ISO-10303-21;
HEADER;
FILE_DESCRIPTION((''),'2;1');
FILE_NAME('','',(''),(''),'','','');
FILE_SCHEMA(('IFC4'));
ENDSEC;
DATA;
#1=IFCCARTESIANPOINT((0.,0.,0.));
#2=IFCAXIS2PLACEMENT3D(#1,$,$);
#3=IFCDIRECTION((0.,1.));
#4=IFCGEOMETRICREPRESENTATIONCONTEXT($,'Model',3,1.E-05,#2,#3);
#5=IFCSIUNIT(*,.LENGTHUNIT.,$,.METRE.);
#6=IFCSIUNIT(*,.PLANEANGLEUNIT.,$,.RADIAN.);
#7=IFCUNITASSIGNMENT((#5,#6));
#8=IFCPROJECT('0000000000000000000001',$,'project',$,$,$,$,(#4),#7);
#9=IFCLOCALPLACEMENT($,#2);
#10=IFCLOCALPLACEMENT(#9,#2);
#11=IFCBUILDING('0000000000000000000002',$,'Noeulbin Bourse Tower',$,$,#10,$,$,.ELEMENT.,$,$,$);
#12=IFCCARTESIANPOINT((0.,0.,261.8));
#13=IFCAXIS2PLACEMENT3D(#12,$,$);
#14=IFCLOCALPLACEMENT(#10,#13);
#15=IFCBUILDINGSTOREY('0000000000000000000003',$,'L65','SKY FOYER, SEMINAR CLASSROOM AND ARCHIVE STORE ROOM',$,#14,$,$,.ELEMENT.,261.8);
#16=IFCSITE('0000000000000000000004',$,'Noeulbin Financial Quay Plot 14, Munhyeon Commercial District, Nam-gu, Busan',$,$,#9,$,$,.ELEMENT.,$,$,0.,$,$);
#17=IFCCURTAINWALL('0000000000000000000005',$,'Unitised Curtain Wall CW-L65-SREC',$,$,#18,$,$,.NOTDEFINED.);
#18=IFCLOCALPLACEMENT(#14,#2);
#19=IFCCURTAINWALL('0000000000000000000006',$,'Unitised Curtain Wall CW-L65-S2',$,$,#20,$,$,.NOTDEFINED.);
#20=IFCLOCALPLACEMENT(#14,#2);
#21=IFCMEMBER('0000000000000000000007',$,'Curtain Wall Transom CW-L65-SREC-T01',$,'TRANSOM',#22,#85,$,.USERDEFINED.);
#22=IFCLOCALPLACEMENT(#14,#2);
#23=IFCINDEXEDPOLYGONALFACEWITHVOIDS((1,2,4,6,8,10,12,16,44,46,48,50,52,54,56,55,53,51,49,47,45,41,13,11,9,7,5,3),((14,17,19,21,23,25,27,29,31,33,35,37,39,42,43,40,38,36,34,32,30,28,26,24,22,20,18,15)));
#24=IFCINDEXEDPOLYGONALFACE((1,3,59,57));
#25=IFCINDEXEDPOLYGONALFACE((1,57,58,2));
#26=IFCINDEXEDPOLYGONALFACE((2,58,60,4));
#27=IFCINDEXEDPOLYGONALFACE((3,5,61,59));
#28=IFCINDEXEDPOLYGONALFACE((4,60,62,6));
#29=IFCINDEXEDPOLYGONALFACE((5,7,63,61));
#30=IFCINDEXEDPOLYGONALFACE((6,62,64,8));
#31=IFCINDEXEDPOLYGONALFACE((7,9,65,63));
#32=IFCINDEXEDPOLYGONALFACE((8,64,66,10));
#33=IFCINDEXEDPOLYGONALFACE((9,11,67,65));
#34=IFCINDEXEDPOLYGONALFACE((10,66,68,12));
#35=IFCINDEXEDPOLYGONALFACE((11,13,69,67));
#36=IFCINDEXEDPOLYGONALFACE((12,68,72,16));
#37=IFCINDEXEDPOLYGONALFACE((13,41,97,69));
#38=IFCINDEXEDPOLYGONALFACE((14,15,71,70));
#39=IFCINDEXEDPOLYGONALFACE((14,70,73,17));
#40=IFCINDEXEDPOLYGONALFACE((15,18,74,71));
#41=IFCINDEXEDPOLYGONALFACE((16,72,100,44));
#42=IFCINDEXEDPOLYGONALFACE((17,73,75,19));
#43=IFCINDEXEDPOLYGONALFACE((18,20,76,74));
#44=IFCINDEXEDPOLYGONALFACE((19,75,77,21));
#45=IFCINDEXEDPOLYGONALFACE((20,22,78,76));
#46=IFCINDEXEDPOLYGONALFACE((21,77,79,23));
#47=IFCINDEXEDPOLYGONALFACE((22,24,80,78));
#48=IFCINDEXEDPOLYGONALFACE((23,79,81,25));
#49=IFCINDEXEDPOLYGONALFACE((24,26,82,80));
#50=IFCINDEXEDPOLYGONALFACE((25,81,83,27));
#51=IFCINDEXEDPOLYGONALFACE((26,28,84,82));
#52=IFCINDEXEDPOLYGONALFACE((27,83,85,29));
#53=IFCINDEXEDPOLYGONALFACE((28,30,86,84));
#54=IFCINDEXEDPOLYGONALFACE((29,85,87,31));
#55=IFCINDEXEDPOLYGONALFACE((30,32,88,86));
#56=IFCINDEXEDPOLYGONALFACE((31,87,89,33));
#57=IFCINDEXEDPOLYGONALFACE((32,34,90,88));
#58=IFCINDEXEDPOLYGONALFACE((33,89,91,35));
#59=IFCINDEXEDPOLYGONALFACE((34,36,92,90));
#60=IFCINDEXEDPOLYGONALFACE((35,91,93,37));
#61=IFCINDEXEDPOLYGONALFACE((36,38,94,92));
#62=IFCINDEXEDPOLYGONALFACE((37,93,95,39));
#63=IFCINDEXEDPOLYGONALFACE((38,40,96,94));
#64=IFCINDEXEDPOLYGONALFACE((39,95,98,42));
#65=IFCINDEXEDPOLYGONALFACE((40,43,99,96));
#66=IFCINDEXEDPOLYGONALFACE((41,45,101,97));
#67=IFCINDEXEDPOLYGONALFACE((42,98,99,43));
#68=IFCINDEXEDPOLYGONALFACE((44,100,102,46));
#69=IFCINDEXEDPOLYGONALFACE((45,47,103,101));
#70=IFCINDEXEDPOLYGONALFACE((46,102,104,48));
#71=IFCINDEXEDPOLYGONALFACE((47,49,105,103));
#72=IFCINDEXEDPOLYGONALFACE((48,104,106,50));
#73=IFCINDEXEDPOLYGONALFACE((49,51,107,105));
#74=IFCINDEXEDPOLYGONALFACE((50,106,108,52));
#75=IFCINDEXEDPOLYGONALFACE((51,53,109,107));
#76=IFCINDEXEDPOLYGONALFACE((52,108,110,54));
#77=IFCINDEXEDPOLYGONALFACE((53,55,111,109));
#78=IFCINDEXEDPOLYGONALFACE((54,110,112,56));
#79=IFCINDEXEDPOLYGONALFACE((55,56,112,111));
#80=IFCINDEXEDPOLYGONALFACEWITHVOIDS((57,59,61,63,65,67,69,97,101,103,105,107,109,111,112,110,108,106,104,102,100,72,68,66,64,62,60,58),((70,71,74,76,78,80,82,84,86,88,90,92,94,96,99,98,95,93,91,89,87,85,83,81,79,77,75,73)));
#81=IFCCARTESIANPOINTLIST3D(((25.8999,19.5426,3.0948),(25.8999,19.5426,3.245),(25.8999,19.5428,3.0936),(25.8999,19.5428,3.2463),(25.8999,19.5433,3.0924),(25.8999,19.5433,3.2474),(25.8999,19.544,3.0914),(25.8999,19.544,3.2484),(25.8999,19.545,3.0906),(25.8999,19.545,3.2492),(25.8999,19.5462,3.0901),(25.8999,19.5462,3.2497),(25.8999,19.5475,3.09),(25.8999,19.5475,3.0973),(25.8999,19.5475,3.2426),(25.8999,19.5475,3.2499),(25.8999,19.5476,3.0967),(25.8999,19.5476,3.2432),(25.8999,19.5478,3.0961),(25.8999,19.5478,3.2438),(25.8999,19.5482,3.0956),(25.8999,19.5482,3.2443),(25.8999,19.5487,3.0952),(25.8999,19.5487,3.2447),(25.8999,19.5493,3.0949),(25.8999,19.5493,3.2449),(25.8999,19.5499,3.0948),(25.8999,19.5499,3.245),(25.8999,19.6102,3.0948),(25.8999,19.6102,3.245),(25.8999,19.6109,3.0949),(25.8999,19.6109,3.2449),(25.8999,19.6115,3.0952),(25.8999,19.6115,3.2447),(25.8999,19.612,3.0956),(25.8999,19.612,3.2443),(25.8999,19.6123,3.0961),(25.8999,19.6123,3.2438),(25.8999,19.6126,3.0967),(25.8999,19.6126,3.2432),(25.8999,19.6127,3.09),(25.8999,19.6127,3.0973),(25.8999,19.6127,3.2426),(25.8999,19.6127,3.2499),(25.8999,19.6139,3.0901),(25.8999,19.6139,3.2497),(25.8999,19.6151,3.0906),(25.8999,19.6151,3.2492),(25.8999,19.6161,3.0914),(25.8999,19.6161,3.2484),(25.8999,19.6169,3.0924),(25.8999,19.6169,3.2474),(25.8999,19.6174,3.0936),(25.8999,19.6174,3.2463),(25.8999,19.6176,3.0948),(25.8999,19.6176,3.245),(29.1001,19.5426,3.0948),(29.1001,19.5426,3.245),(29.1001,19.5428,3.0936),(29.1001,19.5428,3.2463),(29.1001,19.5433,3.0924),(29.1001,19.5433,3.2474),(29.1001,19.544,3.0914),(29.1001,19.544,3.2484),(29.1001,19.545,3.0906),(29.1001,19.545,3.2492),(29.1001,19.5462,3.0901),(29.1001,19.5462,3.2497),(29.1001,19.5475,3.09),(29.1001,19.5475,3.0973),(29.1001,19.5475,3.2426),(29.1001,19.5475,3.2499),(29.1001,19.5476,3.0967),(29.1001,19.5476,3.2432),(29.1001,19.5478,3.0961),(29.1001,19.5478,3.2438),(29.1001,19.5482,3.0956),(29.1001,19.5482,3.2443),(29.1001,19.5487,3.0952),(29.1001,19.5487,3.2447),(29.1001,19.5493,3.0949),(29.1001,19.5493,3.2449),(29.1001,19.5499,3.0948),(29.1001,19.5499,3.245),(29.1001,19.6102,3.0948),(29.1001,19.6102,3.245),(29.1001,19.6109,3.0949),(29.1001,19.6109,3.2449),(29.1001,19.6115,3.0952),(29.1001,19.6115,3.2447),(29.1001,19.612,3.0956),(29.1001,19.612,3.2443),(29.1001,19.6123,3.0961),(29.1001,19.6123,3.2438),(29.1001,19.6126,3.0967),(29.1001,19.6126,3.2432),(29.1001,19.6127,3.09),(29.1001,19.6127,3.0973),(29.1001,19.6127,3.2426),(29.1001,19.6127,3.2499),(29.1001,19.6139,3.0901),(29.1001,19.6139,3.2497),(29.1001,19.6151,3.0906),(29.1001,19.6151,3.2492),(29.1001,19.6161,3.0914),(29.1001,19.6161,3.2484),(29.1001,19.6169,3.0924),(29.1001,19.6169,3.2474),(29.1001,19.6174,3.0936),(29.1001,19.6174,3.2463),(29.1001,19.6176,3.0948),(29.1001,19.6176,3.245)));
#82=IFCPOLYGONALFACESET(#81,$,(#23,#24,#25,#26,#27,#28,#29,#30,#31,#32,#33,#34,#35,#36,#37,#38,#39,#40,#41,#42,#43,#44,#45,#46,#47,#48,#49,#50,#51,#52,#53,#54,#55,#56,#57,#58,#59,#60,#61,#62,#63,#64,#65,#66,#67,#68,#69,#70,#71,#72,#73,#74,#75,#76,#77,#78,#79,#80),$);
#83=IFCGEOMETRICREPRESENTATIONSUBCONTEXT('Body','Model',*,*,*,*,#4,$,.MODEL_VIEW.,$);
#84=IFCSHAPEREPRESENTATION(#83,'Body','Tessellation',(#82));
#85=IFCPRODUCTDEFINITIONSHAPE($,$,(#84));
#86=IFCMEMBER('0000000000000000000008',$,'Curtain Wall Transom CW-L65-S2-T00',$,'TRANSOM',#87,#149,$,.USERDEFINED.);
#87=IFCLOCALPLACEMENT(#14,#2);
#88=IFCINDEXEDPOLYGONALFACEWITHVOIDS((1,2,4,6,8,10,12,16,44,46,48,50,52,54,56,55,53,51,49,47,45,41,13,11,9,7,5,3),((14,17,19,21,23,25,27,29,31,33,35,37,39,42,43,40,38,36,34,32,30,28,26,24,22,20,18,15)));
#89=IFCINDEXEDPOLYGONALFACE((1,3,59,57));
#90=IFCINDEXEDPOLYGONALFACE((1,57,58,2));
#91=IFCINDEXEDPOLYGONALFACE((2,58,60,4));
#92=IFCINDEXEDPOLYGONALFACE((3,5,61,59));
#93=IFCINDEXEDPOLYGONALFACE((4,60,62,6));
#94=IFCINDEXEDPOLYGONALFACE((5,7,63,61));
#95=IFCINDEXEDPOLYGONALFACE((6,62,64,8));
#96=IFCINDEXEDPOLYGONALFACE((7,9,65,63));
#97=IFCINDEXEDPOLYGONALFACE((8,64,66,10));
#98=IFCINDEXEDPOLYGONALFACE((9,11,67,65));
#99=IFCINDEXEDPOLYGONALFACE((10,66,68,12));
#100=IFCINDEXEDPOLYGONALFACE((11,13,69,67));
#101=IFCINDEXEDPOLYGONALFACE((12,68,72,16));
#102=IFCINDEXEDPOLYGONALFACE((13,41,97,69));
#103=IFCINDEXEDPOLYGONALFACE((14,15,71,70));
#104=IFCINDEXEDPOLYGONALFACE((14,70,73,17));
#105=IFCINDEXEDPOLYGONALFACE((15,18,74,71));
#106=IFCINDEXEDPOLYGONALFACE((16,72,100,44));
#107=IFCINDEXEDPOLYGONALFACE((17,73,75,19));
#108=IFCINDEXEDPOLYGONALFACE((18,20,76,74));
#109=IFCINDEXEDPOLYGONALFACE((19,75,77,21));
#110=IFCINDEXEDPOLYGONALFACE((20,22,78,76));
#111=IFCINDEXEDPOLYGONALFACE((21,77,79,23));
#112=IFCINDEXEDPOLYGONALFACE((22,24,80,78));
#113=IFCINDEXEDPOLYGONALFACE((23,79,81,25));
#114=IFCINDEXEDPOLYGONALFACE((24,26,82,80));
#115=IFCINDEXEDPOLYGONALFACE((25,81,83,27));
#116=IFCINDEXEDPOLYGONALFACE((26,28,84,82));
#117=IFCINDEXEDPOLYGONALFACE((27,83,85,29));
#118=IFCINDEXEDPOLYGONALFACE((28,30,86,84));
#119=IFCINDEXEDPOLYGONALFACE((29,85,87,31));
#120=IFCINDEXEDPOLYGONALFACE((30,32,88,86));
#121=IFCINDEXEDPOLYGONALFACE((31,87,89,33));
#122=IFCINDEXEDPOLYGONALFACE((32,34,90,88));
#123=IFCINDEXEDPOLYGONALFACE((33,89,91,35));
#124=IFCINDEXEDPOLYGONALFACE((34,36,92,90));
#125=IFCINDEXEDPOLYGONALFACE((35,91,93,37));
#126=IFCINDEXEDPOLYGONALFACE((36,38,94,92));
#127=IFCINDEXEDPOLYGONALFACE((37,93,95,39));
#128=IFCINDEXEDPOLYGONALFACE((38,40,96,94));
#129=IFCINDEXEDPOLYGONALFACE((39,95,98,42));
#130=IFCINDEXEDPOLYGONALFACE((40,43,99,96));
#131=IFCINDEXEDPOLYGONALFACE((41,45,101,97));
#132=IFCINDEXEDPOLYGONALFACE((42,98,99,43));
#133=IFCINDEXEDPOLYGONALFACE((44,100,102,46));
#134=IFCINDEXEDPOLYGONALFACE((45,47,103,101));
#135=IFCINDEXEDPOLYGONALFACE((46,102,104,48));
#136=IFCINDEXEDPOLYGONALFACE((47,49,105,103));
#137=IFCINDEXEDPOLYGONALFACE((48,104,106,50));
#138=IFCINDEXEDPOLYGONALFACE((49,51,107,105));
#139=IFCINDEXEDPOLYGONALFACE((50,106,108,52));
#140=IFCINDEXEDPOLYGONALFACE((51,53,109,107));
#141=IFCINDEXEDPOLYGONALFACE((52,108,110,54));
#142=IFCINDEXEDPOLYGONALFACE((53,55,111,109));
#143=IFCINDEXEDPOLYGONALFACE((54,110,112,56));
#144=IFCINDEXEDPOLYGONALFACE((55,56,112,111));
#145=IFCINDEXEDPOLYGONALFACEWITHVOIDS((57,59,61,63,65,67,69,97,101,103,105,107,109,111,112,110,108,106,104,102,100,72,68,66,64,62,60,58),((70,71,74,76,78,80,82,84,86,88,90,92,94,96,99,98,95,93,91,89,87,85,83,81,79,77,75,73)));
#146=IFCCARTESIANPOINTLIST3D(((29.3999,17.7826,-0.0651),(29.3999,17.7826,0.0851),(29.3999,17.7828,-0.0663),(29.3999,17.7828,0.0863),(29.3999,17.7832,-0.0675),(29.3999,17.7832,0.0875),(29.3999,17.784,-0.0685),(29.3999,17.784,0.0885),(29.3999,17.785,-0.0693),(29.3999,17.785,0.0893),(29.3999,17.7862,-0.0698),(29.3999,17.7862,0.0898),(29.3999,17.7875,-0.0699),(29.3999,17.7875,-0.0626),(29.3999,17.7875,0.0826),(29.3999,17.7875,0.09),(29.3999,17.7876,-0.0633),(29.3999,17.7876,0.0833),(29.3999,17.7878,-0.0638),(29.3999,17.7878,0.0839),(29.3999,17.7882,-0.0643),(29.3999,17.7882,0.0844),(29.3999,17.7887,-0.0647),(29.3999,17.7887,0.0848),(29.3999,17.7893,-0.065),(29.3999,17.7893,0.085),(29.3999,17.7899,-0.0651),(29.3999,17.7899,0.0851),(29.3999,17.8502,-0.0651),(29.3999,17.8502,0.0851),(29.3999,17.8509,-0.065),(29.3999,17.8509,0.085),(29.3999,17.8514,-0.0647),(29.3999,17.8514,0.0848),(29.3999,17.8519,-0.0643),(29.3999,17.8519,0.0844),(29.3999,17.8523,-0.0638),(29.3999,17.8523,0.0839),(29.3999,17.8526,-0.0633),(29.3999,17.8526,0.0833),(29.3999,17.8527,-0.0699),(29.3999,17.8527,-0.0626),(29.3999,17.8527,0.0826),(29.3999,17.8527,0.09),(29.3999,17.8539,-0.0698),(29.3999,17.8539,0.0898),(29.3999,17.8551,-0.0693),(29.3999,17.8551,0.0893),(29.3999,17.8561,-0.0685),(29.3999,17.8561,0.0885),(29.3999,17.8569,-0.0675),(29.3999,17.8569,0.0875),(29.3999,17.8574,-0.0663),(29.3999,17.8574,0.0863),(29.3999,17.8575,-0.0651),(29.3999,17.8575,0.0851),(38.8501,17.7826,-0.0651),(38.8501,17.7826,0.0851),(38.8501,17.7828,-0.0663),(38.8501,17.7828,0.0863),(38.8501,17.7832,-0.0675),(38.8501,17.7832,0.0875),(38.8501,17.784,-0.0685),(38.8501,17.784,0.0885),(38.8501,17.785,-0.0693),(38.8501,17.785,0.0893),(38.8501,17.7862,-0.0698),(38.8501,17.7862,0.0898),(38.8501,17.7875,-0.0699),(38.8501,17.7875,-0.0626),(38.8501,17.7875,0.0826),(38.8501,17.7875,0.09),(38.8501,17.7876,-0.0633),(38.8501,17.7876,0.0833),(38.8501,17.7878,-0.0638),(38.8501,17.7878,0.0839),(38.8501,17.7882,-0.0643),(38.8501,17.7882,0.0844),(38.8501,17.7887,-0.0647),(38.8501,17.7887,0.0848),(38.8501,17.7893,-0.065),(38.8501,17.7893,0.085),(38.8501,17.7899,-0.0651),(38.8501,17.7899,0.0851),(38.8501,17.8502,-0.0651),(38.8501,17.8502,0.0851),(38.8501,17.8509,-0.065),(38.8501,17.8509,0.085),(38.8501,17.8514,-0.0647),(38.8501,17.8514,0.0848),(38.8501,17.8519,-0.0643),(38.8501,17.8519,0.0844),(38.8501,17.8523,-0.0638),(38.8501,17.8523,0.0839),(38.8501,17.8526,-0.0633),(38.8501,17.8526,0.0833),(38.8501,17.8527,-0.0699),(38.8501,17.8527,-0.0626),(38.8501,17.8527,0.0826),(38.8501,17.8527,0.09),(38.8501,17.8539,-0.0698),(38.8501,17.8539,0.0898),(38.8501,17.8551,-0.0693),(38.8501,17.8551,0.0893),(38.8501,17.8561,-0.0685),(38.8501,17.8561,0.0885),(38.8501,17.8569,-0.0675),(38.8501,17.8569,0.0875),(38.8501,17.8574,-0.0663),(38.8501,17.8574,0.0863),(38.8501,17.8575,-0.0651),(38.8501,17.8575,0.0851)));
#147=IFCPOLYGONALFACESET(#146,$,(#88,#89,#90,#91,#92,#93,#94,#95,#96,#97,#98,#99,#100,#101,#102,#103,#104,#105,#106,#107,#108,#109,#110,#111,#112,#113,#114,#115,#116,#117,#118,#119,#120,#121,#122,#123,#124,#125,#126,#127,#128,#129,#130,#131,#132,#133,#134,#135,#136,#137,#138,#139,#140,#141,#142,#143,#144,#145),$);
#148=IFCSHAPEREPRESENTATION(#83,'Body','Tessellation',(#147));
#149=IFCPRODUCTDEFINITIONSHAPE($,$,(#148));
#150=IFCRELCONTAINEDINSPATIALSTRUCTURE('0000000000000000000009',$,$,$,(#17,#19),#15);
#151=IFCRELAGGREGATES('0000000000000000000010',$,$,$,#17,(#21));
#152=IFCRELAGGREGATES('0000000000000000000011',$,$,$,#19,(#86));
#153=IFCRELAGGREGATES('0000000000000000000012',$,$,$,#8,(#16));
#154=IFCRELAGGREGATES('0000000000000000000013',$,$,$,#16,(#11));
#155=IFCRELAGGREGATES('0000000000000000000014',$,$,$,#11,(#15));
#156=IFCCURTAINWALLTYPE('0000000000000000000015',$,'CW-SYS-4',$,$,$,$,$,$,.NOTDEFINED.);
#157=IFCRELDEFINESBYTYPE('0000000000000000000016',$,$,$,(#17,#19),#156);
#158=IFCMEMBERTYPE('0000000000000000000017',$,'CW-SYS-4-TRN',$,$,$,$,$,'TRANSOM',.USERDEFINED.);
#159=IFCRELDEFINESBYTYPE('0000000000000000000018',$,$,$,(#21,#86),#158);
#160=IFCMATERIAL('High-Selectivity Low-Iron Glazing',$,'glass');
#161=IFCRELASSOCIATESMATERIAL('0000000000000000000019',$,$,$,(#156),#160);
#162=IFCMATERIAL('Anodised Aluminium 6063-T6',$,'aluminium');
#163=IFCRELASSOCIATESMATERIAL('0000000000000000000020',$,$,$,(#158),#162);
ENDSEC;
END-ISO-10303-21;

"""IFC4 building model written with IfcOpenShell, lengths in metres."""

from ifc_helpers import new_model, si_unit, direction, frame, origin, origin_2d, place, context, subcontext, project, spatial, hollow_rectangle, extrude, material, material_profile, profile_set, type_object, element, aggregate, save


model = new_model("IFC4")

# Units and contexts
model_context = context("Model", 3, precision=1e-05, world=origin(), true_north=direction((0.0, 1.0)))
body_context = subcontext(model_context, "Body", "Model", "MODEL_VIEW")
ifc_project = project(units=[si_unit("LENGTHUNIT", "METRE"), si_unit("PLANEANGLEUNIT", "RADIAN")], contexts=[model_context])

# Site, building, storey
site_placement = place(None, origin())
site = spatial("IfcSite", under=ifc_project, at=site_placement, Name="Noeulbin Financial Quay Plot 14, Munhyeon Commercial District, Nam-gu, Busan", CompositionType="ELEMENT", RefElevation=0.0)
building_placement = place(site_placement, origin())
building = spatial("IfcBuilding", under=site, at=building_placement, Name="Noeulbin Bourse Tower", CompositionType="ELEMENT")
storey_placement = place(building_placement, frame((0.0, 0.0, 261.8)))
storey = spatial("IfcBuildingStorey", under=building, at=storey_placement, Name="L65", Description="SKY FOYER, SEMINAR CLASSROOM AND ARCHIVE STORE ROOM", CompositionType="ELEMENT", Elevation=261.8)

# Curtain wall
ifc_material_1 = material(Name="High-Selectivity Low-Iron Glazing", Category="glass")
curtain_wall_type = type_object("IfcCurtainWallType", Name="CW-SYS-4", PredefinedType="NOTDEFINED", material=ifc_material_1)
curtain_wall_1_placement = place(storey_placement, origin())
curtain_wall_1 = element("IfcCurtainWall", 1, at=curtain_wall_1_placement, inside=storey, type_object=curtain_wall_type, Name="Unitised Curtain Wall CW-L65-SREC", PredefinedType="NOTDEFINED")
ifc_material_2 = material(Name="Anodised Aluminium 6063-T6", Category="aluminium")

# Curtain wall
curtain_wall_2_placement = place(storey_placement, origin())
curtain_wall_2 = element("IfcCurtainWall", 2, at=curtain_wall_2_placement, inside=storey, type_object=curtain_wall_type, Name="Unitised Curtain Wall CW-L65-S2", PredefinedType="NOTDEFINED")

# Members
ifc_material_profile_1 = material_profile(ifc_material_2, hollow_rectangle(XDim=0.075, YDim=0.1599, WallThickness=0.0049, InnerFilletRadius=0.0024, OuterFilletRadius=0.0049, at=origin_2d()), Name="ALU-TRAN-75x160x5", Category="LoadBearing")
ifc_profile_set_1 = profile_set([ifc_material_profile_1], Name="Anodised Aluminium 6063-T6")
member_type_1 = type_object("IfcMemberType", Name="CW-SYS-4-TRN", ElementType="TRANSOM", PredefinedType="USERDEFINED", material=ifc_profile_set_1)
member_1_placement = place(storey_placement, frame((25.8999, 19.5801, 3.1699), z_axis=(1.0, 0.0, 0.0), x_axis=(0.0, 1.0, 0.0)))
member_1 = element("IfcMember", 3, at=member_1_placement, type_object=member_type_1, Name="Curtain Wall Transom CW-L65-SREC-T01", ObjectType="TRANSOM", PredefinedType="USERDEFINED", context=body_context, shape_type="SweptSolid", body=[
    extrude(hollow_rectangle(XDim=0.075, YDim=0.1599, WallThickness=0.0049, InnerFilletRadius=0.0024, OuterFilletRadius=0.0049, at=origin_2d()), origin(), (0.0, 0.0, 1.0), 3.2002),
])
member_2_placement = place(storey_placement, frame((29.3999, 17.8201, 0.01), z_axis=(1.0, 0.0, 0.0), x_axis=(0.0, 1.0, 0.0)))
member_2 = element("IfcMember", 4, at=member_2_placement, type_object=member_type_1, Name="Curtain Wall Transom CW-L65-S2-T00", ObjectType="TRANSOM", PredefinedType="USERDEFINED", context=body_context, shape_type="SweptSolid", body=[
    extrude(hollow_rectangle(XDim=0.075, YDim=0.1599, WallThickness=0.0049, InnerFilletRadius=0.0024, OuterFilletRadius=0.0049, at=origin_2d()), origin(), (0.0, 0.0, 1.0), 9.4502),
])

aggregate(curtain_wall_1, [member_1])
aggregate(curtain_wall_2, [member_2])

save(model, "model.ifc")
